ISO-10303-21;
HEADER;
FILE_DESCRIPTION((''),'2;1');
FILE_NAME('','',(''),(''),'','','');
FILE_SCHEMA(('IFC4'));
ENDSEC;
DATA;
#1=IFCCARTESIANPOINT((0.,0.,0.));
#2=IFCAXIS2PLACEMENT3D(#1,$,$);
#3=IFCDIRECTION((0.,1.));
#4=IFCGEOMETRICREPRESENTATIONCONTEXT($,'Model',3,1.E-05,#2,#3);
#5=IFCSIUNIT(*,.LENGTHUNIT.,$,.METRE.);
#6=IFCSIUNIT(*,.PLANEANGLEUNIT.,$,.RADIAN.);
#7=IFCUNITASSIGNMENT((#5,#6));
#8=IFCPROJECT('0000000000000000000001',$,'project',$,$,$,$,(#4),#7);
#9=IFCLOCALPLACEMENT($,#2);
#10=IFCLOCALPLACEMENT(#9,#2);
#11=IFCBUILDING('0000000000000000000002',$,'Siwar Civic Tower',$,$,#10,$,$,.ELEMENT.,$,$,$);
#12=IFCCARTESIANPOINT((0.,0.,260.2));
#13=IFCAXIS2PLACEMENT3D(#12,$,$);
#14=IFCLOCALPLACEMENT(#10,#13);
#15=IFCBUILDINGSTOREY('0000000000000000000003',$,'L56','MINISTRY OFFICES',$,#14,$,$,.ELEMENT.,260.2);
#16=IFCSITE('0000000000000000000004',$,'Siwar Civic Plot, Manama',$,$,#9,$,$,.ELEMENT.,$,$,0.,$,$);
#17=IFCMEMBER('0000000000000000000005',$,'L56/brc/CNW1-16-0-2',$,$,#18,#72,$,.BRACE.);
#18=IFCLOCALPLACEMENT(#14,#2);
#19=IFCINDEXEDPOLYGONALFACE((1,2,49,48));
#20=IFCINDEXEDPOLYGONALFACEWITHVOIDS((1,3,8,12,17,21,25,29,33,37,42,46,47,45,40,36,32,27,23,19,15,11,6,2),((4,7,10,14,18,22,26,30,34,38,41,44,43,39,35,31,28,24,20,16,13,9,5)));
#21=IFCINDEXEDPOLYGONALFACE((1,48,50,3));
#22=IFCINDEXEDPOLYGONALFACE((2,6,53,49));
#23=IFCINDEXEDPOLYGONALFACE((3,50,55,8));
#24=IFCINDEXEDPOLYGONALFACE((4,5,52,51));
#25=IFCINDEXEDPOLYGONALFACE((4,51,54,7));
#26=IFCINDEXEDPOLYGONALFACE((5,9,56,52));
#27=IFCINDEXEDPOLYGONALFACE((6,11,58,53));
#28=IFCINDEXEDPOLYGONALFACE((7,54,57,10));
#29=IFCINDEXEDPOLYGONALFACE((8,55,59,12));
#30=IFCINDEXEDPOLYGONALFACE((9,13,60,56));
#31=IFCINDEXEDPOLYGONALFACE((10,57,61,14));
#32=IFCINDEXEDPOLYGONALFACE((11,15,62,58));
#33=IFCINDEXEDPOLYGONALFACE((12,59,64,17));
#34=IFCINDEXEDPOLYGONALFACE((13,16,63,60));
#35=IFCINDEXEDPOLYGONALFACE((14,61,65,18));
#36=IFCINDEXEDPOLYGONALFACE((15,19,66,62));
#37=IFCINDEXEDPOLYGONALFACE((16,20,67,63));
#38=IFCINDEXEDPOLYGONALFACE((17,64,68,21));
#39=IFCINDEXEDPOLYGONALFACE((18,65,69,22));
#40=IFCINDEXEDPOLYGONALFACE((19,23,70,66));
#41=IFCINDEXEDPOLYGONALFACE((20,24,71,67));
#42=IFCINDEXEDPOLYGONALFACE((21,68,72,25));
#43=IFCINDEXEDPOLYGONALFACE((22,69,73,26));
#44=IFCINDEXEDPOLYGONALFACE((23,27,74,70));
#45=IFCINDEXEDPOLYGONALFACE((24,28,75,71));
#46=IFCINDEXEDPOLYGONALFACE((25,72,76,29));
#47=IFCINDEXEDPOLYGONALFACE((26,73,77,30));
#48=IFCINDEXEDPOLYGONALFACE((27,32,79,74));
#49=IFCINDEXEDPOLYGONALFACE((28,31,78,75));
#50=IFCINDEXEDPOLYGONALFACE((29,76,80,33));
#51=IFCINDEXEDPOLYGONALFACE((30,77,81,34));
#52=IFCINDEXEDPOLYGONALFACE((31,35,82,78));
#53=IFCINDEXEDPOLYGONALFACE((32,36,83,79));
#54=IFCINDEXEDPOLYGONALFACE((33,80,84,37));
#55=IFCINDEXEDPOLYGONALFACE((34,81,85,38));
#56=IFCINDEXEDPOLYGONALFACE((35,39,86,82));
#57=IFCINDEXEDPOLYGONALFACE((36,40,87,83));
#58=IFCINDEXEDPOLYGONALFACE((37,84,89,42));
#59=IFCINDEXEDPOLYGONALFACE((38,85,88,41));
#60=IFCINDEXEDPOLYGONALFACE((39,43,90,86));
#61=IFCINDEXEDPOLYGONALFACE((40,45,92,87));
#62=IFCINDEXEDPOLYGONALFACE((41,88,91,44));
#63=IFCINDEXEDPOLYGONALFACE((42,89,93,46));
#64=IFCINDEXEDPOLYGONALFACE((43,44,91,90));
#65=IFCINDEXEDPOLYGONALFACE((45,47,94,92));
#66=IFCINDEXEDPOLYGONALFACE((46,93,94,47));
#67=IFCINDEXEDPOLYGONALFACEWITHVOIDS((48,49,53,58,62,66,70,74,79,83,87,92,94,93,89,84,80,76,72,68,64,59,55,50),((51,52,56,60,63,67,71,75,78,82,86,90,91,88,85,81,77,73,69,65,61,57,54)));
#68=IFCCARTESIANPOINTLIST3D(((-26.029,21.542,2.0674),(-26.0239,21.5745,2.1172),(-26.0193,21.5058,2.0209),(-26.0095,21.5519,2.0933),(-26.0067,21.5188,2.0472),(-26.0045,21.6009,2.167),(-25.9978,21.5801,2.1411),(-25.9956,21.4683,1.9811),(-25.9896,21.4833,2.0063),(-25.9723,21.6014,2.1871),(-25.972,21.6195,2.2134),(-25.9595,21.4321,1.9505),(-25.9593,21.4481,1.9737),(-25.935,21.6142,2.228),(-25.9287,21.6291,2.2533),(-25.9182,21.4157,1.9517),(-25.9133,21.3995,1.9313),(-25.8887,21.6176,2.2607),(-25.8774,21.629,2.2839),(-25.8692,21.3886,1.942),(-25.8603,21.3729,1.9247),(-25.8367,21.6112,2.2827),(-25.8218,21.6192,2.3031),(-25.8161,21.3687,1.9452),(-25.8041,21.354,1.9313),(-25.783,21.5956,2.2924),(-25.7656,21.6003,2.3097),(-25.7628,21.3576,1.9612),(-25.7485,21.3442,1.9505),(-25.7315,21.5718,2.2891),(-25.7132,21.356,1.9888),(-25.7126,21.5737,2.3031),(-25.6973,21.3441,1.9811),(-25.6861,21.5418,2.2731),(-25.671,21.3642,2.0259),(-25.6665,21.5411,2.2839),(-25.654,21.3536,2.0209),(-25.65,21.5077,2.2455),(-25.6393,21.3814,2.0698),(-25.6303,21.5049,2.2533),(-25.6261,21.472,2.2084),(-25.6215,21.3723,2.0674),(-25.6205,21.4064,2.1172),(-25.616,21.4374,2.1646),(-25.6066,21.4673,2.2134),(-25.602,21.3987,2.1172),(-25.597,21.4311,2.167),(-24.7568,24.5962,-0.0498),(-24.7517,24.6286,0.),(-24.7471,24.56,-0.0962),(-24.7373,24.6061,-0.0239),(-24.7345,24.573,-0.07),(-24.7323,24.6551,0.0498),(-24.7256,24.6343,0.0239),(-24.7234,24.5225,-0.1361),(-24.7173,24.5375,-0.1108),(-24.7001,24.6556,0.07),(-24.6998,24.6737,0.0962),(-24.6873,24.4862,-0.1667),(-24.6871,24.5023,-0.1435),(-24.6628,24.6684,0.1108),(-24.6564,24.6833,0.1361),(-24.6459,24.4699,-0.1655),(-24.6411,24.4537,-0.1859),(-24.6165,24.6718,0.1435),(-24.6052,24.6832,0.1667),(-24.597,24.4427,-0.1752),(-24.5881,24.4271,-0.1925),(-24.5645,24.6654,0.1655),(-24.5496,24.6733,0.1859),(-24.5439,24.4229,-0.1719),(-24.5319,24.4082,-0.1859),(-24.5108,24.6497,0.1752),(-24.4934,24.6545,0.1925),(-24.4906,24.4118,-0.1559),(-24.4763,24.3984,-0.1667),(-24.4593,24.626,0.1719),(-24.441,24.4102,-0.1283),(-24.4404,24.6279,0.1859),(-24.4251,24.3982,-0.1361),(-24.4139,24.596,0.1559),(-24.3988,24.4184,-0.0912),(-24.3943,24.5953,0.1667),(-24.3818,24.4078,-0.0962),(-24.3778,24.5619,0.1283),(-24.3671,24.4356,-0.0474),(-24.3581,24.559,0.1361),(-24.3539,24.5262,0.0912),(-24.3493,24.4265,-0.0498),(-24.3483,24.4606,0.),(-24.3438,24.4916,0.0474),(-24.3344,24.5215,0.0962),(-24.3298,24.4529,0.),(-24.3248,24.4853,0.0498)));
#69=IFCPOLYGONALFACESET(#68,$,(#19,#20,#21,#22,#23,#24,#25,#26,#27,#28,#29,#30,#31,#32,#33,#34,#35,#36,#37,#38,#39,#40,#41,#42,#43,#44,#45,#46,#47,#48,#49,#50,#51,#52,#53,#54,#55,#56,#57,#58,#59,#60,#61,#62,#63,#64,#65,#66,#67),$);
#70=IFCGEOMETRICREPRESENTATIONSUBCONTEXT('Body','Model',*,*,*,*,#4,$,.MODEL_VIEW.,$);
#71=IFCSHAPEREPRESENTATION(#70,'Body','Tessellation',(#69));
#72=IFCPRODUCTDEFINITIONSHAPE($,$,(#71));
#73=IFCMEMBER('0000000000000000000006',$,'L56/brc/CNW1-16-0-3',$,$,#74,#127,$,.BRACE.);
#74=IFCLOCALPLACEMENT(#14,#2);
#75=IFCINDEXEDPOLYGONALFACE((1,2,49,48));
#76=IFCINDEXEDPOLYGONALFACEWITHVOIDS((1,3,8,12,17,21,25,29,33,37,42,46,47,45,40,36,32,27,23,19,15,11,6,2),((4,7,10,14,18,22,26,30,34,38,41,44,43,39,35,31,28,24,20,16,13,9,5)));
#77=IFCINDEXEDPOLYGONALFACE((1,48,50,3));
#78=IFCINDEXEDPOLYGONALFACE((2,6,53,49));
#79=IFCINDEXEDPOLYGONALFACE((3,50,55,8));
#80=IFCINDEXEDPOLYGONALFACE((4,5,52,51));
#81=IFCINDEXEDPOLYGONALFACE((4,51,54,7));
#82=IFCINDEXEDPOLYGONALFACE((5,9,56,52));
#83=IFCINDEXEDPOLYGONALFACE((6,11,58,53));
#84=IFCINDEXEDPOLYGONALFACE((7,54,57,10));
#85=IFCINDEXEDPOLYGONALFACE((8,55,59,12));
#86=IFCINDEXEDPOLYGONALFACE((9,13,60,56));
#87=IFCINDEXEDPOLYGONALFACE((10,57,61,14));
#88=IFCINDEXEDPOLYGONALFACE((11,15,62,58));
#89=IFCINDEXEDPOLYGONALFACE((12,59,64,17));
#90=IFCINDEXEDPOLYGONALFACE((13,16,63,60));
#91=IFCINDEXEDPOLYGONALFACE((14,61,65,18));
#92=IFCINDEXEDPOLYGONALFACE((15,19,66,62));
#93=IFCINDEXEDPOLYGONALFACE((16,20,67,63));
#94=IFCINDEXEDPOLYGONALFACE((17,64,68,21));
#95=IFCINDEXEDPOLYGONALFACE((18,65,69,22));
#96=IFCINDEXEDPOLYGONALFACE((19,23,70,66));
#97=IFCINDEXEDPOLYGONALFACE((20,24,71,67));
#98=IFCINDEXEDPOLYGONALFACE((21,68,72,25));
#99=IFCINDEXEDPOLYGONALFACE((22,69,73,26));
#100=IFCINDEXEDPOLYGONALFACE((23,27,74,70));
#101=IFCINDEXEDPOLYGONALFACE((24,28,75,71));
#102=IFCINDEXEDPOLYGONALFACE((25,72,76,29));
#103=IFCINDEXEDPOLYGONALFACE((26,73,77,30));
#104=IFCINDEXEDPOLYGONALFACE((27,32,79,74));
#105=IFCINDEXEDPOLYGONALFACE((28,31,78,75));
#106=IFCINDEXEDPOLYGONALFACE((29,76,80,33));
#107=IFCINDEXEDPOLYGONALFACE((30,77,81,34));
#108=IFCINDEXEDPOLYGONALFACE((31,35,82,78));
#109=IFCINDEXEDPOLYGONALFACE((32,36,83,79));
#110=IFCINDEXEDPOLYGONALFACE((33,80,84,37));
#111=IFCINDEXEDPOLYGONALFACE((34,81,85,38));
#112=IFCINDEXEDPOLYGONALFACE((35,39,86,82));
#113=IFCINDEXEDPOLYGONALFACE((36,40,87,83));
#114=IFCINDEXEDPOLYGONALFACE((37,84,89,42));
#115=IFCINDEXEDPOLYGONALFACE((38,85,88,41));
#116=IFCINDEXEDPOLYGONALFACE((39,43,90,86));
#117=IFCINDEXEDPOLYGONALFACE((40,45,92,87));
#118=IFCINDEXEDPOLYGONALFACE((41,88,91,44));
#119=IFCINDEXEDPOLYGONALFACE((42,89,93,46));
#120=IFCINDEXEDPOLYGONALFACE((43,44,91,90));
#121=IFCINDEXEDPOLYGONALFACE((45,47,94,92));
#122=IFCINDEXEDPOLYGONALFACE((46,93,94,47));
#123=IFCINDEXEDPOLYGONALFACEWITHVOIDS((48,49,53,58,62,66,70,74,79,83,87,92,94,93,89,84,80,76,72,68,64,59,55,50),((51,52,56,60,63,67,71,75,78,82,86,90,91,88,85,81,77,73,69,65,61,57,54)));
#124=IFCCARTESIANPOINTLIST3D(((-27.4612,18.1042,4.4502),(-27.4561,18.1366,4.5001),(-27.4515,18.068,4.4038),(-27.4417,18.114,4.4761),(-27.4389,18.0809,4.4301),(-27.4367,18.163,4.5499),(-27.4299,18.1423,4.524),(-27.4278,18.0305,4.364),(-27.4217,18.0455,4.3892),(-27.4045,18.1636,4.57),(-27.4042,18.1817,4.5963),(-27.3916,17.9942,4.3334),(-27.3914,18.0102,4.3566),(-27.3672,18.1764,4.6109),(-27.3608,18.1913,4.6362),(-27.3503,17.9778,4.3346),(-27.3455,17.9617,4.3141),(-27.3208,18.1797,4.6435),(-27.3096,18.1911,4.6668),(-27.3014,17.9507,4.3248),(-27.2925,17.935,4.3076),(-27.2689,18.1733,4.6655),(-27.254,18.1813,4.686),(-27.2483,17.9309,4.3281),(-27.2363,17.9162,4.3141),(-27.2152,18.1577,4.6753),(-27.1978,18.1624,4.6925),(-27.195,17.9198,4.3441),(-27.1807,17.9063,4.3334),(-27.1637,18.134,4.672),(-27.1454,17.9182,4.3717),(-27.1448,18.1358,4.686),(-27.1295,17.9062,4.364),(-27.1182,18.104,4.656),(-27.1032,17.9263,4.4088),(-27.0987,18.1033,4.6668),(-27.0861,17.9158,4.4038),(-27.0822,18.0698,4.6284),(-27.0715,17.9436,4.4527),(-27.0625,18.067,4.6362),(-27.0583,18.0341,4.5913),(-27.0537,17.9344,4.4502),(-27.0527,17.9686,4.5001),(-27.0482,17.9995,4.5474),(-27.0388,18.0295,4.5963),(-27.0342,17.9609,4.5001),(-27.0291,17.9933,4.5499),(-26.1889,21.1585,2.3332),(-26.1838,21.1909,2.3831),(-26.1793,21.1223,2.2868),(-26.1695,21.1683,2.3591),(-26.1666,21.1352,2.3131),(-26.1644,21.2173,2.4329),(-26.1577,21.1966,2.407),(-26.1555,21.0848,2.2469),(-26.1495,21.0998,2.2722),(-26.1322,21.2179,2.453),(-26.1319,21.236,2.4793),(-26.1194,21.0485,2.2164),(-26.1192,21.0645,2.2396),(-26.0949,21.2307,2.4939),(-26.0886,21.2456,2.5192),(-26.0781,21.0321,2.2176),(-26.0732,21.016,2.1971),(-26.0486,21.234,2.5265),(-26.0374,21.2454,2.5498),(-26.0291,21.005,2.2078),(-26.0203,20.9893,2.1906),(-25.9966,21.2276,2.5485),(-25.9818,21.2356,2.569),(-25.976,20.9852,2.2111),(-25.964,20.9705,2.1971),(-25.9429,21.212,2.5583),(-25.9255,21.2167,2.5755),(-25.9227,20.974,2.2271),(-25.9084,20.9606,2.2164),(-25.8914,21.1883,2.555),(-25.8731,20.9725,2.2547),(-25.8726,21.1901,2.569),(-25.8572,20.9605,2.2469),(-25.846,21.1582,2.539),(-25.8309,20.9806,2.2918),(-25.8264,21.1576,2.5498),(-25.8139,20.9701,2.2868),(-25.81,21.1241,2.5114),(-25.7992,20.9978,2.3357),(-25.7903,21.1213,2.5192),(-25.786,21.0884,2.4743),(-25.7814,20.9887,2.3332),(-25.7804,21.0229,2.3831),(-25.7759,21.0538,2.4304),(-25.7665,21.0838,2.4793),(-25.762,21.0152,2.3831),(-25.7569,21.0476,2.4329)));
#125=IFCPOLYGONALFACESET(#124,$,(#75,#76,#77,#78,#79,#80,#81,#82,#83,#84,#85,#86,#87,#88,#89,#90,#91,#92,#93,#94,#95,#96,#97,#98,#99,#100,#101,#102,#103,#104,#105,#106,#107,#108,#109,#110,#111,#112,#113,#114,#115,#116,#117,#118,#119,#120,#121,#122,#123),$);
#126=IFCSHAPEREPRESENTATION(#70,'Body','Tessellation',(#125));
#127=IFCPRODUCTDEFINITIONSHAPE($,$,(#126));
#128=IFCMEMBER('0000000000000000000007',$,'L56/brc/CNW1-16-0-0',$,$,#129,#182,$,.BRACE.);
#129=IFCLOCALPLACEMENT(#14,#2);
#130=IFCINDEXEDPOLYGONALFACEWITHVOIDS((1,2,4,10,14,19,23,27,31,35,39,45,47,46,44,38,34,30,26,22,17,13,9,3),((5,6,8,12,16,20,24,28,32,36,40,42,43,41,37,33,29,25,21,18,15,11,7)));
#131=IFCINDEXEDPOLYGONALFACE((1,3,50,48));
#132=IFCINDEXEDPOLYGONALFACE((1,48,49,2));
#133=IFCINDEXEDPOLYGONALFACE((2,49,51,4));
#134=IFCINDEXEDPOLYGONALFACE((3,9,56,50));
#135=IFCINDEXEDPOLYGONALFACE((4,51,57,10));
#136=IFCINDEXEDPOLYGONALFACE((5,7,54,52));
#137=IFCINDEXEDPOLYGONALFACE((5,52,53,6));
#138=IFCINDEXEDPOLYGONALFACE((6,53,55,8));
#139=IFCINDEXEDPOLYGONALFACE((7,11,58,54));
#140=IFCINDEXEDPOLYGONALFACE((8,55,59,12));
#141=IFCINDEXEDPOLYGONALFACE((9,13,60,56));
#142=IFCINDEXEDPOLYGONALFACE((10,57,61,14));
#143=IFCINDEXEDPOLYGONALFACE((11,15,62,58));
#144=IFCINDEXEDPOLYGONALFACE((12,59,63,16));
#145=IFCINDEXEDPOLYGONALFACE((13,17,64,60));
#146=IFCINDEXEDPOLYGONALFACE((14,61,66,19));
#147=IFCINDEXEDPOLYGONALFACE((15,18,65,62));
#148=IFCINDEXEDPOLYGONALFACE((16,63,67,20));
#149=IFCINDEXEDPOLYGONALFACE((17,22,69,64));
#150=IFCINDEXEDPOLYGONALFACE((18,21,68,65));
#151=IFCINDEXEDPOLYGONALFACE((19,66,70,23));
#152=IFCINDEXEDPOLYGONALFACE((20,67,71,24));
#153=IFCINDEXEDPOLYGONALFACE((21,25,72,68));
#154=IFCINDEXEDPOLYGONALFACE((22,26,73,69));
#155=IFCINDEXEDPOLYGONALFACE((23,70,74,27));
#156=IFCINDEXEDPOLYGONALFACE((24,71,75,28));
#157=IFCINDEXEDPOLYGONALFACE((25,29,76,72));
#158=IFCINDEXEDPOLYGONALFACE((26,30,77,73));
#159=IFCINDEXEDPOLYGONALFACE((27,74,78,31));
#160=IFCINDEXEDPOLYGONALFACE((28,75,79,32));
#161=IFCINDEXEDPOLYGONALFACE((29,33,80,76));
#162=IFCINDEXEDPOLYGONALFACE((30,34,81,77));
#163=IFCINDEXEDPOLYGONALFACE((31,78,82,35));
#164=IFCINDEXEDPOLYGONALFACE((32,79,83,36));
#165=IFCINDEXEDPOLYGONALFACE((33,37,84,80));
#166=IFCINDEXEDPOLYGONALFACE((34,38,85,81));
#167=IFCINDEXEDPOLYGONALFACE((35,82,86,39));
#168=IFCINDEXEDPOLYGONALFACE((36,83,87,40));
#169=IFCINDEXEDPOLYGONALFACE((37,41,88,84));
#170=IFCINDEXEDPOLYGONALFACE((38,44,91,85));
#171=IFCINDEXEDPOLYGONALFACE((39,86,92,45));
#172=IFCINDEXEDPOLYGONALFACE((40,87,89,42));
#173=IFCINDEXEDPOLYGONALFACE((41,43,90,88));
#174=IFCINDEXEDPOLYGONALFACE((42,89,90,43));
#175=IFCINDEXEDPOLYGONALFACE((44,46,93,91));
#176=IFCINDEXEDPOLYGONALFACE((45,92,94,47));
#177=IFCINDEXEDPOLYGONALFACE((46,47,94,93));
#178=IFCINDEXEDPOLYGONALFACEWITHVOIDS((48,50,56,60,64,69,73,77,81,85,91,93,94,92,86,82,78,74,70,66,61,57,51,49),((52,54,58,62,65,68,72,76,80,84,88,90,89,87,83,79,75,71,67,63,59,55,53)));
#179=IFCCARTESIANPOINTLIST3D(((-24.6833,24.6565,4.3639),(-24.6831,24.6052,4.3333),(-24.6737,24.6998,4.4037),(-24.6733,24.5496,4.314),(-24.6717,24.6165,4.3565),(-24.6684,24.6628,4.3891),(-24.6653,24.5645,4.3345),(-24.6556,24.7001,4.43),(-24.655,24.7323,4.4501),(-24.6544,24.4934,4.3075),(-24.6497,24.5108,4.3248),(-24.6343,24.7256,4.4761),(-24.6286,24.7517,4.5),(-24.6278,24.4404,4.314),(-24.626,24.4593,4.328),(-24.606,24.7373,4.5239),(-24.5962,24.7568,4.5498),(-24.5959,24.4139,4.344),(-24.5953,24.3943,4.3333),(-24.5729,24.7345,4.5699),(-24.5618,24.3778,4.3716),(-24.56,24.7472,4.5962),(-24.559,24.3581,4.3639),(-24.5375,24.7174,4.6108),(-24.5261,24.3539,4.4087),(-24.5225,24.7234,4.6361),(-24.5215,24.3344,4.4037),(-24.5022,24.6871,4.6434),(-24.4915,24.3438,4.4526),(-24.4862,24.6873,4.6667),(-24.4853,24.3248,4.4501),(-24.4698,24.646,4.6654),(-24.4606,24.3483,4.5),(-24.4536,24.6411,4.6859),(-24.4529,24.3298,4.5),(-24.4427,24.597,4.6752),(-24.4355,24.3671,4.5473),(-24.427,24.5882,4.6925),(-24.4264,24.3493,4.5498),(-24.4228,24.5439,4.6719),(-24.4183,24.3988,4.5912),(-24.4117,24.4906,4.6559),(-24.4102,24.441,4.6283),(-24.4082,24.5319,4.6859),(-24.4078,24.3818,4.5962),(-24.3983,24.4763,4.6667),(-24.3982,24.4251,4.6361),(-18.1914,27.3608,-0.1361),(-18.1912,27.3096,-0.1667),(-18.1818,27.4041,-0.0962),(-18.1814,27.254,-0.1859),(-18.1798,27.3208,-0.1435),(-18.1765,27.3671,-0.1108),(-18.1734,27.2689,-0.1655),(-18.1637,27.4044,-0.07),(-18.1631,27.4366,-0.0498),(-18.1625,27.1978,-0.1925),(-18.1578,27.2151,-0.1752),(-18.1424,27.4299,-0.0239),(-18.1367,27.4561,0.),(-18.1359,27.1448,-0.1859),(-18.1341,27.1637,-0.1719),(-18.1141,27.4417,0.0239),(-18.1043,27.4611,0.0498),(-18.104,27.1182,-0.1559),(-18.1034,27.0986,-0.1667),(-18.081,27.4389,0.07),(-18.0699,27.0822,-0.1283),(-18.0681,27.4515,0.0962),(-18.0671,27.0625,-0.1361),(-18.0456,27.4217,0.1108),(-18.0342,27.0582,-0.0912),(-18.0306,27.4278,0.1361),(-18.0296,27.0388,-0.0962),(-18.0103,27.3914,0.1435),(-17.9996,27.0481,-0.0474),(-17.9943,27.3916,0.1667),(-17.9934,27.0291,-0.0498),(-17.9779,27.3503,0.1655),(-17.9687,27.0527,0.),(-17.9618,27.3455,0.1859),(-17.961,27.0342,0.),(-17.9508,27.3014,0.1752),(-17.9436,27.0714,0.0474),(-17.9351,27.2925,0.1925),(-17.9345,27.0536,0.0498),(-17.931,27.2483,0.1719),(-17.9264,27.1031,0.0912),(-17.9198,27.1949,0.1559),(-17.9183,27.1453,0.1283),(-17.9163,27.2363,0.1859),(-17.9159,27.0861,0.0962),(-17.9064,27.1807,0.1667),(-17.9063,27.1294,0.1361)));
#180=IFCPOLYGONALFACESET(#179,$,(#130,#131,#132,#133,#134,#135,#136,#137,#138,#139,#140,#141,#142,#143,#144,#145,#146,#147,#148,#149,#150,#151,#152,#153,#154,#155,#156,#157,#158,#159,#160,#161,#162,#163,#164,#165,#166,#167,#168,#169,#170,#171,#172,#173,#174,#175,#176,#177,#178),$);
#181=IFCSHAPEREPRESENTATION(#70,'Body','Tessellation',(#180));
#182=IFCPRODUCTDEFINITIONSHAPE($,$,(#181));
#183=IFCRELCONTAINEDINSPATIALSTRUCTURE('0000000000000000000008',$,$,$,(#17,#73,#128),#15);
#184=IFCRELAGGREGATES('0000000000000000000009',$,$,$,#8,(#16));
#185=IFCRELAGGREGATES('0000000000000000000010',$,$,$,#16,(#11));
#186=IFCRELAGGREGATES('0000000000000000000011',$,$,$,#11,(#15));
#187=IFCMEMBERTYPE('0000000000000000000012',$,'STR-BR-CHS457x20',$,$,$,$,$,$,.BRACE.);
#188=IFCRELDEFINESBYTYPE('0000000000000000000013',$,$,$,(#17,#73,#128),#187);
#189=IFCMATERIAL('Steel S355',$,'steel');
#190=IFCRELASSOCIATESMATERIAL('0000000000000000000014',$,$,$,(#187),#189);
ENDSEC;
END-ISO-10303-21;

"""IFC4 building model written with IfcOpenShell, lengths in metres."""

from ifc_helpers import new_model, si_unit, direction, frame, origin, origin_2d, place, context, subcontext, project, spatial, hollow_circle, extrude, material, material_profile, profile_set, type_object, element, save


model = new_model("IFC4")

# Units and contexts
model_context = context("Model", 3, precision=1e-05, world=origin(), true_north=direction((0.0, 1.0)))
body_context = subcontext(model_context, "Body", "Model", "MODEL_VIEW")
ifc_project = project(units=[si_unit("LENGTHUNIT", "METRE"), si_unit("PLANEANGLEUNIT", "RADIAN")], contexts=[model_context])

# Site, building, storey
site_placement = place(None, origin())
site = spatial("IfcSite", under=ifc_project, at=site_placement, Name="Siwar Civic Plot, Manama", CompositionType="ELEMENT", RefElevation=0.0)
building_placement = place(site_placement, origin())
building = spatial("IfcBuilding", under=site, at=building_placement, Name="Siwar Civic Tower", CompositionType="ELEMENT")
storey_placement = place(building_placement, frame((0.0, 0.0, 260.2)))
storey = spatial("IfcBuildingStorey", under=building, at=storey_placement, Name="L56", Description="MINISTRY OFFICES", CompositionType="ELEMENT", Elevation=260.2)

# Members
ifc_material_1 = material(Name="Steel S355", Category="steel")
ifc_material_profile_1 = material_profile(ifc_material_1, hollow_circle(Radius=0.2285, WallThickness=0.02, at=origin_2d()), Name="CHS457x20")
ifc_profile_set_1 = profile_set([ifc_material_profile_1], Name="Steel S355")
member_type_1 = type_object("IfcMemberType", Name="STR-BR-CHS457x20", PredefinedType="BRACE", material=ifc_profile_set_1)
for number, where, z_axis, x_axis, name in (
    (1, (-24.5408, 24.5408, 0.0), (-0.323884, -0.777546, 0.538999), (0.923116, -0.384521, 0.0), "L56/brc/CNW1-16-0-2"),
    (2, (-25.9729, 21.103, 2.3831), (-0.323895, -0.777572, 0.538955), (0.923116, -0.384521, 0.0), "L56/brc/CNW1-16-0-3"),
):
    element("IfcMember", number, at=place(storey_placement, frame(where, z_axis=z_axis, x_axis=x_axis)), inside=storey, type_object=member_type_1, Name=name, PredefinedType="BRACE", context=body_context, shape_type="SweptSolid", body=[
        extrude(hollow_circle(Radius=0.2285, WallThickness=0.02, at=origin_2d()), origin(), (0.0, 0.0, 1.0), 3.928),
    ])
member_1_placement = place(storey_placement, frame((-18.0488, 27.2451, 0.0), z_axis=(-0.777555, -0.323906, 0.538975), x_axis=(0.384539, -0.923109, 0.0)))
element("IfcMember", 3, at=member_1_placement, inside=storey, type_object=member_type_1, Name="L56/brc/CNW1-16-0-0", PredefinedType="BRACE", context=body_context, shape_type="SweptSolid", body=[
    extrude(hollow_circle(Radius=0.2285, WallThickness=0.02, at=origin_2d()), origin(), (0.0, 0.0, 1.0), 8.3491),
])

save(model, "model.ifc")
